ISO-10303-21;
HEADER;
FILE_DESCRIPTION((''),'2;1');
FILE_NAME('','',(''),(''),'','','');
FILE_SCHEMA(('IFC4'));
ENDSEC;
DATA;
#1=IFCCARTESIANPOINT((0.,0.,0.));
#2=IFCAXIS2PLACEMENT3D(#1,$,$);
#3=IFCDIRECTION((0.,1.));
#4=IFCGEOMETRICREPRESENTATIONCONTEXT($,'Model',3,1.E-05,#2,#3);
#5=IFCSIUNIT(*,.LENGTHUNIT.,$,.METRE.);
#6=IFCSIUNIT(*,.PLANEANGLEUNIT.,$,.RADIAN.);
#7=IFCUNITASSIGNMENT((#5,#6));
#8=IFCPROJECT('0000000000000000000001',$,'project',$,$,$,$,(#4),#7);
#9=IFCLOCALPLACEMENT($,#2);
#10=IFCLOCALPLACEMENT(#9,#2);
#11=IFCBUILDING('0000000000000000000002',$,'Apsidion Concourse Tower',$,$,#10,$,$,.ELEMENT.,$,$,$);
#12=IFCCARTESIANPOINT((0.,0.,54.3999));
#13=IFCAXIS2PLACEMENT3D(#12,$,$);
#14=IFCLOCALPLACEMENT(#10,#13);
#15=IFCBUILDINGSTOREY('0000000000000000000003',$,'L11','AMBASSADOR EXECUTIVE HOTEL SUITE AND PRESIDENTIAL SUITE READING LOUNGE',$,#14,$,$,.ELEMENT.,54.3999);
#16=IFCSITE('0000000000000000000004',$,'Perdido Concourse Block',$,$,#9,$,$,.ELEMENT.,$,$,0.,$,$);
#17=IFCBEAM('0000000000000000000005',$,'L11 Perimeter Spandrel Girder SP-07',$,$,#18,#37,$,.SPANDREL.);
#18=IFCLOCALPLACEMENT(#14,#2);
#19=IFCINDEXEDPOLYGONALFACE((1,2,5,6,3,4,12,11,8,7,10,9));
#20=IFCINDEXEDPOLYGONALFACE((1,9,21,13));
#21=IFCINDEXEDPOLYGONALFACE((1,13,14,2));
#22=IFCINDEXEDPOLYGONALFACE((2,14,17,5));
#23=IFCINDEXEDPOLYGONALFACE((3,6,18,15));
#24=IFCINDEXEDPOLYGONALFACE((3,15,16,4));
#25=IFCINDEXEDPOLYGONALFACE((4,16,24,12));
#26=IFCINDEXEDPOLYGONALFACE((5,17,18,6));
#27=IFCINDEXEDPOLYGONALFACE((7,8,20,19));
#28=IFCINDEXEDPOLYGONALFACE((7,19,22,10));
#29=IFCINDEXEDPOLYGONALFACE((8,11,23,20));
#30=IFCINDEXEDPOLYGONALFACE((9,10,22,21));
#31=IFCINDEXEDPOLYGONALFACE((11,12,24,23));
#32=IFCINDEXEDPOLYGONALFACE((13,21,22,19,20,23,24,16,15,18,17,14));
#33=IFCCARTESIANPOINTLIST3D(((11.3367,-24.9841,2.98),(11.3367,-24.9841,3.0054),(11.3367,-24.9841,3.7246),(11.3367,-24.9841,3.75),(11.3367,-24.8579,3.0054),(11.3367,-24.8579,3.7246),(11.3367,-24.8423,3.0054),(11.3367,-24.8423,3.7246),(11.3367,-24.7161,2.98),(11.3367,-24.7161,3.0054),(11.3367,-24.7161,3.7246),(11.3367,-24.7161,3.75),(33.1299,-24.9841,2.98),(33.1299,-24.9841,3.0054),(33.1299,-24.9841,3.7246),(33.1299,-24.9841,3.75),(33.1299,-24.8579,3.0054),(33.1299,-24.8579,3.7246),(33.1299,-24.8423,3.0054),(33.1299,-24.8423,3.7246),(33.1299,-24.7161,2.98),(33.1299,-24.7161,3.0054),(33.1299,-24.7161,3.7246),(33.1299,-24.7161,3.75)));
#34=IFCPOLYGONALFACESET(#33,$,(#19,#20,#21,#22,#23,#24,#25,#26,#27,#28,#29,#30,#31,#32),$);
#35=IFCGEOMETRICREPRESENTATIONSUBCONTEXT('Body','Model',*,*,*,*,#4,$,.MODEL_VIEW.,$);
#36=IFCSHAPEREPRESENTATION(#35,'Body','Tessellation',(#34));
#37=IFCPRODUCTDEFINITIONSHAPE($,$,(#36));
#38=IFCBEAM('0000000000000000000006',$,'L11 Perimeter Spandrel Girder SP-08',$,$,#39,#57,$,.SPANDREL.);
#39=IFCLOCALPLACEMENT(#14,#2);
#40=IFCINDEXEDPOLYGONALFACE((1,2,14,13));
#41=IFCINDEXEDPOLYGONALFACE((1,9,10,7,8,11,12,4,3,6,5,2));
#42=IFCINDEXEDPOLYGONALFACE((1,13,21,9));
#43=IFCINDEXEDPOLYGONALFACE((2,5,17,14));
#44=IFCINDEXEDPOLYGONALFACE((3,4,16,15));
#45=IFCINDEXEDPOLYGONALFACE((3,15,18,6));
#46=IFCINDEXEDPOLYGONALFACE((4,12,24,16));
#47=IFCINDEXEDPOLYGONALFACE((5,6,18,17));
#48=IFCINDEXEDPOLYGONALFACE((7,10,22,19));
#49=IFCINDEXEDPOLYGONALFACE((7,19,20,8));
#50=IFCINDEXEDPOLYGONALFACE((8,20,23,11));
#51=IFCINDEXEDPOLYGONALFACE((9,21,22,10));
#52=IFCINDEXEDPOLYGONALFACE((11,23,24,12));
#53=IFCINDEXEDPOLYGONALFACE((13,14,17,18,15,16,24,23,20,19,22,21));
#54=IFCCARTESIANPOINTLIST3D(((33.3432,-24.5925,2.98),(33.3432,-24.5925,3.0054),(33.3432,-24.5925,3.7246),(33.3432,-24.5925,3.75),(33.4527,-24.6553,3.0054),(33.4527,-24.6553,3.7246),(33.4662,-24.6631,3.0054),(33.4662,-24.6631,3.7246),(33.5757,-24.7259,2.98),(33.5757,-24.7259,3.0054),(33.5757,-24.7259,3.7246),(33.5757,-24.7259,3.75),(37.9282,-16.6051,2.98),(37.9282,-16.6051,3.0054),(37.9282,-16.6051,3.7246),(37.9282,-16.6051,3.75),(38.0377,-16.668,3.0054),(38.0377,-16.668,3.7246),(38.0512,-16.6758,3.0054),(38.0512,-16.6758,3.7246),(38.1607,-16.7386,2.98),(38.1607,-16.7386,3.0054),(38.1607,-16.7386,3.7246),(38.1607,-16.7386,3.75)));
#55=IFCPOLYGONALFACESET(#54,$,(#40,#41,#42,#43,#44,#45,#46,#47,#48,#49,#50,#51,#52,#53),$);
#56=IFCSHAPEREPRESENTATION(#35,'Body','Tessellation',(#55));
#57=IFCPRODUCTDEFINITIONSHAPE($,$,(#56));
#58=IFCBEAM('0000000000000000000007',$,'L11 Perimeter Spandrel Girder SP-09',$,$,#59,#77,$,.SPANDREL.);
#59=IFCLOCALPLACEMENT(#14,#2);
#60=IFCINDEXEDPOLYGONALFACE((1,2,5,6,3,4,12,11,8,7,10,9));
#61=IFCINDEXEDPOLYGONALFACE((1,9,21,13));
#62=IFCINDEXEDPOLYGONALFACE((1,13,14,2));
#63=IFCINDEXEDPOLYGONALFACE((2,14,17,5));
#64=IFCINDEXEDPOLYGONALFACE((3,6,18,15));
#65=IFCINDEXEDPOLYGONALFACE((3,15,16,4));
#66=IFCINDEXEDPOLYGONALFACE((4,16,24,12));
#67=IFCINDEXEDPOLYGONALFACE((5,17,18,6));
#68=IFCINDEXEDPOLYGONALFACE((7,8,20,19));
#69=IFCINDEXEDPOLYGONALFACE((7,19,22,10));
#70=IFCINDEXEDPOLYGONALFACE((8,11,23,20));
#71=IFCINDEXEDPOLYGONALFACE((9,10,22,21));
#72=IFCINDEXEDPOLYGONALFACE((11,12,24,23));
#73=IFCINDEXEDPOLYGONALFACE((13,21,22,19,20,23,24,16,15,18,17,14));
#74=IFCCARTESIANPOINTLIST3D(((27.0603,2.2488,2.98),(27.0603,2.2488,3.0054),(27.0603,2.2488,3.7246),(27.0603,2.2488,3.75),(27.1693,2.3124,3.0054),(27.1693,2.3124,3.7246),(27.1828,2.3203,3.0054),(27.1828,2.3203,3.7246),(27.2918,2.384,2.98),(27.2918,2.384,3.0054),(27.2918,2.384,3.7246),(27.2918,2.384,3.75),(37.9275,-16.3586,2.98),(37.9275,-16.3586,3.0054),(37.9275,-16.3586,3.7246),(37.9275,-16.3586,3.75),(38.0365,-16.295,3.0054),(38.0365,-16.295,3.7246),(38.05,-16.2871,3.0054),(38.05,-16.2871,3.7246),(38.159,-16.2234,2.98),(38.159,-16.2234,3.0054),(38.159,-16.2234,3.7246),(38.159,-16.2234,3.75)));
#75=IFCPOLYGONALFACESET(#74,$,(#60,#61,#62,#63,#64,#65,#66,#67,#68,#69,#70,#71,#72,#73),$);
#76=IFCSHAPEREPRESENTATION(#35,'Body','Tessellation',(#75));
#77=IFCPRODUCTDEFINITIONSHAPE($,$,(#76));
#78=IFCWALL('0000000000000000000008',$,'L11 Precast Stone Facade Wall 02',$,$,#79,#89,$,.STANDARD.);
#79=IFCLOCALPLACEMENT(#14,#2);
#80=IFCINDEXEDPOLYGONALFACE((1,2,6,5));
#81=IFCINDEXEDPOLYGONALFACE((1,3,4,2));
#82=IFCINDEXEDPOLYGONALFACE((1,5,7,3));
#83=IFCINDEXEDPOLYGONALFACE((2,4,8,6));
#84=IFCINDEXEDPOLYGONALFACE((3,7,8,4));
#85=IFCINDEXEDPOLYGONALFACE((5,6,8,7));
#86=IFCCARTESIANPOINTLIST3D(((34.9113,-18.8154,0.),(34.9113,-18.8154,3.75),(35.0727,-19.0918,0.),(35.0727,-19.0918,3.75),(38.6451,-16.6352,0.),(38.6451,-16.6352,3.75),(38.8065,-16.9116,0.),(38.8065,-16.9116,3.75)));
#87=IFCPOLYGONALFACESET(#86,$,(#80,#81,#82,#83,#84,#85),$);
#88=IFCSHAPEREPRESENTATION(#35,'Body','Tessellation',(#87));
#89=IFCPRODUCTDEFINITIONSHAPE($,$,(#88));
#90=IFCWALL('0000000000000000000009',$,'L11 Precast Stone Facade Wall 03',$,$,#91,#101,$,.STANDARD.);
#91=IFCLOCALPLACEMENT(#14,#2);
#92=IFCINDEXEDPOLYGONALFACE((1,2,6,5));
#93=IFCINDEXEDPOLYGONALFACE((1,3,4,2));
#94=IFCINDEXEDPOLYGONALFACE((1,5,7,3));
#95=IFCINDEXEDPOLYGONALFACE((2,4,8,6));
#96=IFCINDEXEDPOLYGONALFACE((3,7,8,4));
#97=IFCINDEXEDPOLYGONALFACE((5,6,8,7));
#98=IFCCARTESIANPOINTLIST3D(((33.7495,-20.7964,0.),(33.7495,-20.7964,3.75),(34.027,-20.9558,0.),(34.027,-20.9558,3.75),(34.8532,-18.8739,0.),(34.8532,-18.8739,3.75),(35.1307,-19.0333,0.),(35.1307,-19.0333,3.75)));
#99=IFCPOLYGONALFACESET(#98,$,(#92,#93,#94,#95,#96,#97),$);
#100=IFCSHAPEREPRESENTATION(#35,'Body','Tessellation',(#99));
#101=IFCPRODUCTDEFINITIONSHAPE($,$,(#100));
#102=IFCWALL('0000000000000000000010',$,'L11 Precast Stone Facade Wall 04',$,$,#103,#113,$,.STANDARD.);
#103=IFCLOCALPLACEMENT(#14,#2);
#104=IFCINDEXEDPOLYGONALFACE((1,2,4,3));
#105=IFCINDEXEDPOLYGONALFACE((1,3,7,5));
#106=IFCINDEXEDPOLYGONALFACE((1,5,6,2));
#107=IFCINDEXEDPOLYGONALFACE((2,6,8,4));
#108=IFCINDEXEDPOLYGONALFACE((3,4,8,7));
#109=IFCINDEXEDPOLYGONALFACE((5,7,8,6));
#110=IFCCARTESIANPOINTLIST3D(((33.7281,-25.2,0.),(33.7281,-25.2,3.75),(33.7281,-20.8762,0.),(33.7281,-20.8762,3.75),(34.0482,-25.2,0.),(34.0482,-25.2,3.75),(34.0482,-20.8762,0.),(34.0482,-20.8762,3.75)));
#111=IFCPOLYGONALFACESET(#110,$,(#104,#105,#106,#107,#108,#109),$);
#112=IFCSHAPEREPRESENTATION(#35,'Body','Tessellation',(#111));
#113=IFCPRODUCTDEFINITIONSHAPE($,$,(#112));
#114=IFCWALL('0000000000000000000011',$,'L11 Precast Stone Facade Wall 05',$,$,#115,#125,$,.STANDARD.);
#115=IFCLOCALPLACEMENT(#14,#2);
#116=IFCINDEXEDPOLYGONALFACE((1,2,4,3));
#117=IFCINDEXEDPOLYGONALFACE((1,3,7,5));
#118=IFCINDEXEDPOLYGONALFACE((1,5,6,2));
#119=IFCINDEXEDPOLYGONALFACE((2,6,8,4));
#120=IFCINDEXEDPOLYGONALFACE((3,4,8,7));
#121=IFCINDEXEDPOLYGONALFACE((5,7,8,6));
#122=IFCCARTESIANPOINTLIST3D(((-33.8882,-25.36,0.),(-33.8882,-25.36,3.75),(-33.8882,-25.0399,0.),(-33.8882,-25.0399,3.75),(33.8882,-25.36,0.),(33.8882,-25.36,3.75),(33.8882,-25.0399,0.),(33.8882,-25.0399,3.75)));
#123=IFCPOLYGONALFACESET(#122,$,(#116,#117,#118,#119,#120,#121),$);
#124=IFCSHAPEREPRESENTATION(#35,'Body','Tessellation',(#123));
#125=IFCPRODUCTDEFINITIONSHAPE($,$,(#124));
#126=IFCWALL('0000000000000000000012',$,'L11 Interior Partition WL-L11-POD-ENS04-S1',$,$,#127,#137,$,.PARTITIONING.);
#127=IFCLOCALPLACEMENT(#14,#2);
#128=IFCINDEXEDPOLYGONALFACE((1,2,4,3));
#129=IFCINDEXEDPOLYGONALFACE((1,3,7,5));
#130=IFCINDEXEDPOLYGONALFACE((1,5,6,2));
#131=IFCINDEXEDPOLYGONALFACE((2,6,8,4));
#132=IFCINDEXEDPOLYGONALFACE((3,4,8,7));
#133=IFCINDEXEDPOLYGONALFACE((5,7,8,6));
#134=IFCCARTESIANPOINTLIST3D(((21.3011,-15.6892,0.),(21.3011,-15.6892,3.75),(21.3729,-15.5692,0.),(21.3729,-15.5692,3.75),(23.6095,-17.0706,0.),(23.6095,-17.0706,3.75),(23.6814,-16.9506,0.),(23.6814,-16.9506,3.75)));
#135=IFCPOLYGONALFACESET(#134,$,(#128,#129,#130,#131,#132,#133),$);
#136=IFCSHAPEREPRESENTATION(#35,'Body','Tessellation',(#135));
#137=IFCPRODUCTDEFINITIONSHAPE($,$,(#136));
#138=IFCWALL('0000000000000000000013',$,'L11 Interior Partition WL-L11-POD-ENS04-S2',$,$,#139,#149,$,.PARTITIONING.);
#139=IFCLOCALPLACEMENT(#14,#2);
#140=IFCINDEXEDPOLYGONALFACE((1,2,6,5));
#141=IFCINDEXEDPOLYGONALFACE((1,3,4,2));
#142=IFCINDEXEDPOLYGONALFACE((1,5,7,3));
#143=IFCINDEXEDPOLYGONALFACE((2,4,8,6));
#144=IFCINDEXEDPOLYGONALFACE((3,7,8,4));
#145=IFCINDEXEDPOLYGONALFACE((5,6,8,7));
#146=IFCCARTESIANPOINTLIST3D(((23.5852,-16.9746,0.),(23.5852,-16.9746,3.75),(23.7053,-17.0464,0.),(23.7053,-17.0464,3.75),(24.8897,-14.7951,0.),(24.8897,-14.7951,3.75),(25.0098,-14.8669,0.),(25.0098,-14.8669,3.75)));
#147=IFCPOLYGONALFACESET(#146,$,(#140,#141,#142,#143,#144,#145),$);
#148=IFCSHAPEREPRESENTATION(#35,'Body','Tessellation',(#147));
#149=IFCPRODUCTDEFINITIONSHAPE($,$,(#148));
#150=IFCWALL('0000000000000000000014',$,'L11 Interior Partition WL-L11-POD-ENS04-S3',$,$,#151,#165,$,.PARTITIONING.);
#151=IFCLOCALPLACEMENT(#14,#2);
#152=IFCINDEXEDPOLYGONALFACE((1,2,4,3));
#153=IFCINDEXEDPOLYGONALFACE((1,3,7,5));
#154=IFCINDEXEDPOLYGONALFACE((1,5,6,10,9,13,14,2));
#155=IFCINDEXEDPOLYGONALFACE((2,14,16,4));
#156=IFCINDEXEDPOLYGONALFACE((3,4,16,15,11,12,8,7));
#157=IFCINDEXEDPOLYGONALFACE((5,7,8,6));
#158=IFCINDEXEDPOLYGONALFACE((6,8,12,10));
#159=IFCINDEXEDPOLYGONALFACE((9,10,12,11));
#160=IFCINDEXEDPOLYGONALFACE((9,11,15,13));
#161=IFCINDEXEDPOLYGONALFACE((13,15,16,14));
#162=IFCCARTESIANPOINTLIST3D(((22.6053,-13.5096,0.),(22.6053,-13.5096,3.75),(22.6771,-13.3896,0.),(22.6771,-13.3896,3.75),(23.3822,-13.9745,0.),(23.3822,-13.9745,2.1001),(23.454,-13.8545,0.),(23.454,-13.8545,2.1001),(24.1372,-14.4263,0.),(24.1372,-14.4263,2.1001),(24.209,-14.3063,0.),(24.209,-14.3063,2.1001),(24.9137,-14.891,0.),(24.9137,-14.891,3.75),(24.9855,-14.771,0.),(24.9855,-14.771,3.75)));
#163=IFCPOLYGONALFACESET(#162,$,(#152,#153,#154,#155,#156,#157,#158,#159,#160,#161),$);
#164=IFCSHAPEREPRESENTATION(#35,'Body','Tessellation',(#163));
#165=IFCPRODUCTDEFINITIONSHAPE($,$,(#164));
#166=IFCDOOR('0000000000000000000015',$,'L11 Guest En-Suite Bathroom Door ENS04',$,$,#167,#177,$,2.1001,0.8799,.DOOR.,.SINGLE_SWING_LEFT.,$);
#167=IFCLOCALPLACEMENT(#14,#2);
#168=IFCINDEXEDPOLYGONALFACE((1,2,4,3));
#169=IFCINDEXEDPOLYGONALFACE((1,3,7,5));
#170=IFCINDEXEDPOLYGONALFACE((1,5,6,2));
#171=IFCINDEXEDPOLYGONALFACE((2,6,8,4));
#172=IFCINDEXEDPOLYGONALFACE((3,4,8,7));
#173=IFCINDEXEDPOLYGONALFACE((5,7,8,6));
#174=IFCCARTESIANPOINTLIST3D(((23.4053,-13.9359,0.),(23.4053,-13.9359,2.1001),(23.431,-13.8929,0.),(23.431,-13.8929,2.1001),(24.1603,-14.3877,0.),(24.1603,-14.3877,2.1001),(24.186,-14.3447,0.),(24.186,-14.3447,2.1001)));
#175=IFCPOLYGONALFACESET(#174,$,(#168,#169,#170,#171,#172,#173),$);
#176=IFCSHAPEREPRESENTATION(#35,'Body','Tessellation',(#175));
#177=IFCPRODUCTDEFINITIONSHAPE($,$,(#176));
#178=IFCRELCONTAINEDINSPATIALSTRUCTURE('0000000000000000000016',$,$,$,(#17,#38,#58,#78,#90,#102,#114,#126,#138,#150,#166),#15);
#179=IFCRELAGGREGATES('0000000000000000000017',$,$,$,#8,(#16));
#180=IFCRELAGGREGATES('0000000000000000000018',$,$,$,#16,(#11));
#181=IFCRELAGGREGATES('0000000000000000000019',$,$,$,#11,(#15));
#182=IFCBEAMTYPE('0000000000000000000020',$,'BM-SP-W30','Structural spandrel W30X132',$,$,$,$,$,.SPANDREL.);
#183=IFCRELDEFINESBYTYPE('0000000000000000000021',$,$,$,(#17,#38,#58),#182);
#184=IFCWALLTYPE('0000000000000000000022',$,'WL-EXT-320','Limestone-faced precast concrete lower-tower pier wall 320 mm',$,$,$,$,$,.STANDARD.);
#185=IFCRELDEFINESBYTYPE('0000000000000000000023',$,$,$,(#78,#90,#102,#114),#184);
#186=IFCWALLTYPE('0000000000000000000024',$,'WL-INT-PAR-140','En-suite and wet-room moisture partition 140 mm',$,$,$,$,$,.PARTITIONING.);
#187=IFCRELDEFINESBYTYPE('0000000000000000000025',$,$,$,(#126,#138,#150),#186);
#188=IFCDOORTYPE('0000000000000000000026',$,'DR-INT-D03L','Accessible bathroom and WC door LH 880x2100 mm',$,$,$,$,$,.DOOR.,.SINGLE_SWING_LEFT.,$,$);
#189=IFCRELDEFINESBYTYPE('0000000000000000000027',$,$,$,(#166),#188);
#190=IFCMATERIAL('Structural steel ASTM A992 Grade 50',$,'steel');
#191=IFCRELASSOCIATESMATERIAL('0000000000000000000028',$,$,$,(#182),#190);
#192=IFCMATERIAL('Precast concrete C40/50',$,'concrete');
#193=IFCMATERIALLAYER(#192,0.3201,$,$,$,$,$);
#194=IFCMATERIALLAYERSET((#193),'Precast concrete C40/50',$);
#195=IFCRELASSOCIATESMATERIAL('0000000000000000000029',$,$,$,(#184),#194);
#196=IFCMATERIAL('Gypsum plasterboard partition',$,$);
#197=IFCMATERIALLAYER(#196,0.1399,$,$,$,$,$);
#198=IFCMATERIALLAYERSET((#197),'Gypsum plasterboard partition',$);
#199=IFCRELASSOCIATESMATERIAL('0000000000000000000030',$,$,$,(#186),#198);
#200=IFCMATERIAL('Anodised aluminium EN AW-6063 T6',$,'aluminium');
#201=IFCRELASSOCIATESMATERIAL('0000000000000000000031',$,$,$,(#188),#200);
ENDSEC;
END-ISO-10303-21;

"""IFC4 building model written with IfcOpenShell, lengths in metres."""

from ifc_helpers import new_model, si_unit, direction, frame, frame_2d, origin, origin_2d, place, context, subcontext, project, spatial, rectangle, i_section, extrude, material, layer, layer_set, material_profile, profile_set, type_object, element, fill, save


model = new_model("IFC4")

# Units and contexts
model_context = context("Model", 3, precision=1e-05, world=origin(), true_north=direction((0.0, 1.0)))
body_context = subcontext(model_context, "Body", "Model", "MODEL_VIEW")
ifc_project = project(units=[si_unit("LENGTHUNIT", "METRE"), si_unit("PLANEANGLEUNIT", "RADIAN")], contexts=[model_context])

# Site, building, storey
site_placement = place(None, origin())
site = spatial("IfcSite", under=ifc_project, at=site_placement, Name="Perdido Concourse Block", CompositionType="ELEMENT", RefElevation=0.0)
building_placement = place(site_placement, origin())
building = spatial("IfcBuilding", under=site, at=building_placement, Name="Apsidion Concourse Tower", CompositionType="ELEMENT")
storey_placement = place(building_placement, frame((0.0, 0.0, 54.3999)))
storey = spatial("IfcBuildingStorey", under=building, at=storey_placement, Name="L11", Description="AMBASSADOR EXECUTIVE HOTEL SUITE AND PRESIDENTIAL SUITE READING LOUNGE", CompositionType="ELEMENT", Elevation=54.3999)

# Beams
ifc_material_1 = material(Name="Structural steel ASTM A992 Grade 50", Category="steel")
ifc_material_profile_1 = material_profile(ifc_material_1, i_section(OverallWidth=0.2681, OverallDepth=0.77, WebThickness=0.0156, FlangeThickness=0.0254, at=origin_2d()), Name="W30X132")
ifc_profile_set_1 = profile_set([ifc_material_profile_1], Name="Structural steel ASTM A992 Grade 50")
beam_type_1 = type_object("IfcBeamType", Name="BM-SP-W30", Description="Structural spandrel W30X132", PredefinedType="SPANDREL", material=ifc_profile_set_1)
beam_1_placement = place(storey_placement, frame((11.3367, -24.8501, 3.365), z_axis=(1.0, 0.0, 0.0), x_axis=(0.0, 1.0, 0.0)))
element("IfcBeam", 1, at=beam_1_placement, inside=storey, type_object=beam_type_1, Name="L11 Perimeter Spandrel Girder SP-07", PredefinedType="SPANDREL", context=body_context, shape_type="SweptSolid", body=[
    extrude(i_section(OverallWidth=0.2681, OverallDepth=0.77, WebThickness=0.0156, FlangeThickness=0.0254, at=origin_2d()), origin(), (0.0, 0.0, 1.0), 21.7932),
])
beam_2_placement = place(storey_placement, frame((33.4595, -24.6592, 3.365), z_axis=(0.497839, 0.867269, 0.0), x_axis=(-0.867269, 0.497839, 0.0)))
element("IfcBeam", 2, at=beam_2_placement, inside=storey, type_object=beam_type_1, Name="L11 Perimeter Spandrel Girder SP-08", PredefinedType="SPANDREL", context=body_context, shape_type="SweptSolid", body=[
    extrude(i_section(OverallWidth=0.2681, OverallDepth=0.77, WebThickness=0.0156, FlangeThickness=0.0254, at=origin_2d()), origin(), (0.0, 0.0, 1.0), 9.2097),
])
beam_3_placement = place(storey_placement, frame((38.0432, -16.291, 3.365), z_axis=(-0.504316, 0.863519, 0.0), x_axis=(-0.863519, -0.504316, 0.0)))
element("IfcBeam", 3, at=beam_3_placement, inside=storey, type_object=beam_type_1, Name="L11 Perimeter Spandrel Girder SP-09", PredefinedType="SPANDREL", context=body_context, shape_type="SweptSolid", body=[
    extrude(i_section(OverallWidth=0.2681, OverallDepth=0.77, WebThickness=0.0156, FlangeThickness=0.0254, at=origin_2d()), origin(), (0.0, 0.0, 1.0), 21.5483),
])

# Walls
ifc_material_2 = material(Name="Precast concrete C40/50", Category="concrete")
ifc_layer_1 = layer(ifc_material_2, 0.3201)
ifc_layer_set_1 = layer_set([ifc_layer_1], Name="Precast concrete C40/50")
wall_type_1 = type_object("IfcWallType", Name="WL-EXT-320", Description="Limestone-faced precast concrete lower-tower pier wall 320 mm", PredefinedType="STANDARD", material=ifc_layer_set_1)
wall_1_placement = place(storey_placement, frame((38.7258, -16.7734, 0.0), z_axis=(0.0, 0.0, 1.0), x_axis=(-0.86357, -0.504229, 0.0)))
element("IfcWall", 4, at=wall_1_placement, inside=storey, type_object=wall_type_1, Name="L11 Precast Stone Facade Wall 02", PredefinedType="STANDARD", context=body_context, shape_type="SweptSolid", body=[
    extrude(rectangle(XDim=4.3237, YDim=0.3201, at=frame_2d((2.1619, 0.0))), origin(), (0.0, 0.0, 1.0), 3.75),
])
wall_2_placement = place(storey_placement, frame((34.9919, -18.9536, 0.0), z_axis=(0.0, 0.0, 1.0), x_axis=(-0.497881, -0.867245, 0.0)))
element("IfcWall", 5, at=wall_2_placement, inside=storey, type_object=wall_type_1, Name="L11 Precast Stone Facade Wall 03", PredefinedType="STANDARD", context=body_context, shape_type="SweptSolid", body=[
    extrude(rectangle(XDim=2.2168, YDim=0.3201, at=frame_2d((1.1084, 0.0))), origin(), (0.0, 0.0, 1.0), 3.75),
])
wall_3_placement = place(storey_placement, frame((33.8882, -20.8762, 0.0), z_axis=(0.0, 0.0, 1.0), x_axis=(0.0, -1.0, 0.0)))
element("IfcWall", 6, at=wall_3_placement, inside=storey, type_object=wall_type_1, Name="L11 Precast Stone Facade Wall 04", PredefinedType="STANDARD", context=body_context, shape_type="SweptSolid", body=[
    extrude(rectangle(XDim=4.3237, YDim=0.3201, at=frame_2d((2.1619, 0.0))), origin(), (0.0, 0.0, 1.0), 3.75),
])
wall_4_placement = place(storey_placement, frame((33.8882, -25.2, 0.0), z_axis=(0.0, 0.0, 1.0), x_axis=(-1.0, 0.0, 0.0)))
element("IfcWall", 7, at=wall_4_placement, inside=storey, type_object=wall_type_1, Name="L11 Precast Stone Facade Wall 05", PredefinedType="STANDARD", context=body_context, shape_type="SweptSolid", body=[
    extrude(rectangle(XDim=67.7764, YDim=0.3201, at=frame_2d((33.8882, 0.0))), origin(), (0.0, 0.0, 1.0), 3.75),
])
ifc_material_3 = material(Name="Gypsum plasterboard partition")
ifc_layer_2 = layer(ifc_material_3, 0.1399)
ifc_layer_set_2 = layer_set([ifc_layer_2], Name="Gypsum plasterboard partition")
wall_type_2 = type_object("IfcWallType", Name="WL-INT-PAR-140", Description="En-suite and wet-room moisture partition 140 mm", PredefinedType="PARTITIONING", material=ifc_layer_set_2)
wall_5_placement = place(storey_placement, frame((21.3369, -15.6292, 0.0), z_axis=(0.0, 0.0, 1.0), x_axis=(0.858093, -0.513494, 0.0)))
element("IfcWall", 8, at=wall_5_placement, inside=storey, type_object=wall_type_2, Name="L11 Interior Partition WL-L11-POD-ENS04-S1", PredefinedType="PARTITIONING", context=body_context, shape_type="SweptSolid", body=[
    extrude(rectangle(XDim=2.6902, YDim=0.1399, at=frame_2d((1.3452, 0.0))), origin(), (0.0, 0.0, 1.0), 3.75),
])
wall_6_placement = place(storey_placement, frame((23.6453, -17.0105, 0.0), z_axis=(0.0, 0.0, 1.0), x_axis=(0.513563, 0.858052, 0.0)))
element("IfcWall", 9, at=wall_6_placement, inside=storey, type_object=wall_type_2, Name="L11 Interior Partition WL-L11-POD-ENS04-S2", PredefinedType="PARTITIONING", context=body_context, shape_type="SweptSolid", body=[
    extrude(rectangle(XDim=2.54, YDim=0.1399, at=frame_2d((1.27, 0.0))), origin(), (0.0, 0.0, 1.0), 3.75),
])

# Wall, opening, door
wall_7_placement = place(storey_placement, frame((24.9497, -14.8311, 0.0), z_axis=(0.0, 0.0, 1.0), x_axis=(-0.858093, 0.513494, 0.0)))
wall_7 = element("IfcWall", 10, at=wall_7_placement, inside=storey, type_object=wall_type_2, Name="L11 Interior Partition WL-L11-POD-ENS04-S3", PredefinedType="PARTITIONING", context=body_context, shape_type="SweptSolid", body=[
    extrude(rectangle(XDim=2.6902, YDim=0.1399, at=frame_2d((1.3452, 0.0))), origin(), (0.0, 0.0, 1.0), 3.75),
])
opening_1_placement = place(wall_7_placement, frame((0.905, 0.0, 0.0)))
opening_1 = element("IfcOpeningElement", 11, at=opening_1_placement, cuts=wall_7, PredefinedType="OPENING", context=body_context, shape_type="SweptSolid", body=[
    extrude(rectangle(XDim=0.8799, YDim=2.1001, at=frame_2d((0.4399, 1.05))), frame((0.0, 0.0801, 0.0), z_axis=(0.0, -1.0, 0.0), x_axis=(1.0, 0.0, 0.0)), (0.0, 0.0, 1.0), 0.1599),
])
ifc_material_4 = material(Name="Anodised aluminium EN AW-6063 T6", Category="aluminium")
door_type_1 = type_object("IfcDoorType", Name="DR-INT-D03L", Description="Accessible bathroom and WC door LH 880x2100 mm", OperationType="SINGLE_SWING_LEFT", PredefinedType="DOOR", material=ifc_material_4)
door_1_placement = place(opening_1_placement, origin())
door_1 = element("IfcDoor", 12, at=door_1_placement, inside=storey, type_object=door_type_1, Name="L11 Guest En-Suite Bathroom Door ENS04", OperationType="SINGLE_SWING_LEFT", OverallHeight=2.1001, OverallWidth=0.8799, PredefinedType="DOOR", context=body_context, shape_type="SweptSolid", body=[
    extrude(rectangle(XDim=0.8799, YDim=2.1001, at=frame_2d((0.4399, 1.05))), frame((0.0, 0.0249, 0.0), z_axis=(0.0, -1.0, 0.0), x_axis=(1.0, 0.0, 0.0)), (0.0, 0.0, 1.0), 0.05),
])
fill(opening_1, door_1)

save(model, "model.ifc")
